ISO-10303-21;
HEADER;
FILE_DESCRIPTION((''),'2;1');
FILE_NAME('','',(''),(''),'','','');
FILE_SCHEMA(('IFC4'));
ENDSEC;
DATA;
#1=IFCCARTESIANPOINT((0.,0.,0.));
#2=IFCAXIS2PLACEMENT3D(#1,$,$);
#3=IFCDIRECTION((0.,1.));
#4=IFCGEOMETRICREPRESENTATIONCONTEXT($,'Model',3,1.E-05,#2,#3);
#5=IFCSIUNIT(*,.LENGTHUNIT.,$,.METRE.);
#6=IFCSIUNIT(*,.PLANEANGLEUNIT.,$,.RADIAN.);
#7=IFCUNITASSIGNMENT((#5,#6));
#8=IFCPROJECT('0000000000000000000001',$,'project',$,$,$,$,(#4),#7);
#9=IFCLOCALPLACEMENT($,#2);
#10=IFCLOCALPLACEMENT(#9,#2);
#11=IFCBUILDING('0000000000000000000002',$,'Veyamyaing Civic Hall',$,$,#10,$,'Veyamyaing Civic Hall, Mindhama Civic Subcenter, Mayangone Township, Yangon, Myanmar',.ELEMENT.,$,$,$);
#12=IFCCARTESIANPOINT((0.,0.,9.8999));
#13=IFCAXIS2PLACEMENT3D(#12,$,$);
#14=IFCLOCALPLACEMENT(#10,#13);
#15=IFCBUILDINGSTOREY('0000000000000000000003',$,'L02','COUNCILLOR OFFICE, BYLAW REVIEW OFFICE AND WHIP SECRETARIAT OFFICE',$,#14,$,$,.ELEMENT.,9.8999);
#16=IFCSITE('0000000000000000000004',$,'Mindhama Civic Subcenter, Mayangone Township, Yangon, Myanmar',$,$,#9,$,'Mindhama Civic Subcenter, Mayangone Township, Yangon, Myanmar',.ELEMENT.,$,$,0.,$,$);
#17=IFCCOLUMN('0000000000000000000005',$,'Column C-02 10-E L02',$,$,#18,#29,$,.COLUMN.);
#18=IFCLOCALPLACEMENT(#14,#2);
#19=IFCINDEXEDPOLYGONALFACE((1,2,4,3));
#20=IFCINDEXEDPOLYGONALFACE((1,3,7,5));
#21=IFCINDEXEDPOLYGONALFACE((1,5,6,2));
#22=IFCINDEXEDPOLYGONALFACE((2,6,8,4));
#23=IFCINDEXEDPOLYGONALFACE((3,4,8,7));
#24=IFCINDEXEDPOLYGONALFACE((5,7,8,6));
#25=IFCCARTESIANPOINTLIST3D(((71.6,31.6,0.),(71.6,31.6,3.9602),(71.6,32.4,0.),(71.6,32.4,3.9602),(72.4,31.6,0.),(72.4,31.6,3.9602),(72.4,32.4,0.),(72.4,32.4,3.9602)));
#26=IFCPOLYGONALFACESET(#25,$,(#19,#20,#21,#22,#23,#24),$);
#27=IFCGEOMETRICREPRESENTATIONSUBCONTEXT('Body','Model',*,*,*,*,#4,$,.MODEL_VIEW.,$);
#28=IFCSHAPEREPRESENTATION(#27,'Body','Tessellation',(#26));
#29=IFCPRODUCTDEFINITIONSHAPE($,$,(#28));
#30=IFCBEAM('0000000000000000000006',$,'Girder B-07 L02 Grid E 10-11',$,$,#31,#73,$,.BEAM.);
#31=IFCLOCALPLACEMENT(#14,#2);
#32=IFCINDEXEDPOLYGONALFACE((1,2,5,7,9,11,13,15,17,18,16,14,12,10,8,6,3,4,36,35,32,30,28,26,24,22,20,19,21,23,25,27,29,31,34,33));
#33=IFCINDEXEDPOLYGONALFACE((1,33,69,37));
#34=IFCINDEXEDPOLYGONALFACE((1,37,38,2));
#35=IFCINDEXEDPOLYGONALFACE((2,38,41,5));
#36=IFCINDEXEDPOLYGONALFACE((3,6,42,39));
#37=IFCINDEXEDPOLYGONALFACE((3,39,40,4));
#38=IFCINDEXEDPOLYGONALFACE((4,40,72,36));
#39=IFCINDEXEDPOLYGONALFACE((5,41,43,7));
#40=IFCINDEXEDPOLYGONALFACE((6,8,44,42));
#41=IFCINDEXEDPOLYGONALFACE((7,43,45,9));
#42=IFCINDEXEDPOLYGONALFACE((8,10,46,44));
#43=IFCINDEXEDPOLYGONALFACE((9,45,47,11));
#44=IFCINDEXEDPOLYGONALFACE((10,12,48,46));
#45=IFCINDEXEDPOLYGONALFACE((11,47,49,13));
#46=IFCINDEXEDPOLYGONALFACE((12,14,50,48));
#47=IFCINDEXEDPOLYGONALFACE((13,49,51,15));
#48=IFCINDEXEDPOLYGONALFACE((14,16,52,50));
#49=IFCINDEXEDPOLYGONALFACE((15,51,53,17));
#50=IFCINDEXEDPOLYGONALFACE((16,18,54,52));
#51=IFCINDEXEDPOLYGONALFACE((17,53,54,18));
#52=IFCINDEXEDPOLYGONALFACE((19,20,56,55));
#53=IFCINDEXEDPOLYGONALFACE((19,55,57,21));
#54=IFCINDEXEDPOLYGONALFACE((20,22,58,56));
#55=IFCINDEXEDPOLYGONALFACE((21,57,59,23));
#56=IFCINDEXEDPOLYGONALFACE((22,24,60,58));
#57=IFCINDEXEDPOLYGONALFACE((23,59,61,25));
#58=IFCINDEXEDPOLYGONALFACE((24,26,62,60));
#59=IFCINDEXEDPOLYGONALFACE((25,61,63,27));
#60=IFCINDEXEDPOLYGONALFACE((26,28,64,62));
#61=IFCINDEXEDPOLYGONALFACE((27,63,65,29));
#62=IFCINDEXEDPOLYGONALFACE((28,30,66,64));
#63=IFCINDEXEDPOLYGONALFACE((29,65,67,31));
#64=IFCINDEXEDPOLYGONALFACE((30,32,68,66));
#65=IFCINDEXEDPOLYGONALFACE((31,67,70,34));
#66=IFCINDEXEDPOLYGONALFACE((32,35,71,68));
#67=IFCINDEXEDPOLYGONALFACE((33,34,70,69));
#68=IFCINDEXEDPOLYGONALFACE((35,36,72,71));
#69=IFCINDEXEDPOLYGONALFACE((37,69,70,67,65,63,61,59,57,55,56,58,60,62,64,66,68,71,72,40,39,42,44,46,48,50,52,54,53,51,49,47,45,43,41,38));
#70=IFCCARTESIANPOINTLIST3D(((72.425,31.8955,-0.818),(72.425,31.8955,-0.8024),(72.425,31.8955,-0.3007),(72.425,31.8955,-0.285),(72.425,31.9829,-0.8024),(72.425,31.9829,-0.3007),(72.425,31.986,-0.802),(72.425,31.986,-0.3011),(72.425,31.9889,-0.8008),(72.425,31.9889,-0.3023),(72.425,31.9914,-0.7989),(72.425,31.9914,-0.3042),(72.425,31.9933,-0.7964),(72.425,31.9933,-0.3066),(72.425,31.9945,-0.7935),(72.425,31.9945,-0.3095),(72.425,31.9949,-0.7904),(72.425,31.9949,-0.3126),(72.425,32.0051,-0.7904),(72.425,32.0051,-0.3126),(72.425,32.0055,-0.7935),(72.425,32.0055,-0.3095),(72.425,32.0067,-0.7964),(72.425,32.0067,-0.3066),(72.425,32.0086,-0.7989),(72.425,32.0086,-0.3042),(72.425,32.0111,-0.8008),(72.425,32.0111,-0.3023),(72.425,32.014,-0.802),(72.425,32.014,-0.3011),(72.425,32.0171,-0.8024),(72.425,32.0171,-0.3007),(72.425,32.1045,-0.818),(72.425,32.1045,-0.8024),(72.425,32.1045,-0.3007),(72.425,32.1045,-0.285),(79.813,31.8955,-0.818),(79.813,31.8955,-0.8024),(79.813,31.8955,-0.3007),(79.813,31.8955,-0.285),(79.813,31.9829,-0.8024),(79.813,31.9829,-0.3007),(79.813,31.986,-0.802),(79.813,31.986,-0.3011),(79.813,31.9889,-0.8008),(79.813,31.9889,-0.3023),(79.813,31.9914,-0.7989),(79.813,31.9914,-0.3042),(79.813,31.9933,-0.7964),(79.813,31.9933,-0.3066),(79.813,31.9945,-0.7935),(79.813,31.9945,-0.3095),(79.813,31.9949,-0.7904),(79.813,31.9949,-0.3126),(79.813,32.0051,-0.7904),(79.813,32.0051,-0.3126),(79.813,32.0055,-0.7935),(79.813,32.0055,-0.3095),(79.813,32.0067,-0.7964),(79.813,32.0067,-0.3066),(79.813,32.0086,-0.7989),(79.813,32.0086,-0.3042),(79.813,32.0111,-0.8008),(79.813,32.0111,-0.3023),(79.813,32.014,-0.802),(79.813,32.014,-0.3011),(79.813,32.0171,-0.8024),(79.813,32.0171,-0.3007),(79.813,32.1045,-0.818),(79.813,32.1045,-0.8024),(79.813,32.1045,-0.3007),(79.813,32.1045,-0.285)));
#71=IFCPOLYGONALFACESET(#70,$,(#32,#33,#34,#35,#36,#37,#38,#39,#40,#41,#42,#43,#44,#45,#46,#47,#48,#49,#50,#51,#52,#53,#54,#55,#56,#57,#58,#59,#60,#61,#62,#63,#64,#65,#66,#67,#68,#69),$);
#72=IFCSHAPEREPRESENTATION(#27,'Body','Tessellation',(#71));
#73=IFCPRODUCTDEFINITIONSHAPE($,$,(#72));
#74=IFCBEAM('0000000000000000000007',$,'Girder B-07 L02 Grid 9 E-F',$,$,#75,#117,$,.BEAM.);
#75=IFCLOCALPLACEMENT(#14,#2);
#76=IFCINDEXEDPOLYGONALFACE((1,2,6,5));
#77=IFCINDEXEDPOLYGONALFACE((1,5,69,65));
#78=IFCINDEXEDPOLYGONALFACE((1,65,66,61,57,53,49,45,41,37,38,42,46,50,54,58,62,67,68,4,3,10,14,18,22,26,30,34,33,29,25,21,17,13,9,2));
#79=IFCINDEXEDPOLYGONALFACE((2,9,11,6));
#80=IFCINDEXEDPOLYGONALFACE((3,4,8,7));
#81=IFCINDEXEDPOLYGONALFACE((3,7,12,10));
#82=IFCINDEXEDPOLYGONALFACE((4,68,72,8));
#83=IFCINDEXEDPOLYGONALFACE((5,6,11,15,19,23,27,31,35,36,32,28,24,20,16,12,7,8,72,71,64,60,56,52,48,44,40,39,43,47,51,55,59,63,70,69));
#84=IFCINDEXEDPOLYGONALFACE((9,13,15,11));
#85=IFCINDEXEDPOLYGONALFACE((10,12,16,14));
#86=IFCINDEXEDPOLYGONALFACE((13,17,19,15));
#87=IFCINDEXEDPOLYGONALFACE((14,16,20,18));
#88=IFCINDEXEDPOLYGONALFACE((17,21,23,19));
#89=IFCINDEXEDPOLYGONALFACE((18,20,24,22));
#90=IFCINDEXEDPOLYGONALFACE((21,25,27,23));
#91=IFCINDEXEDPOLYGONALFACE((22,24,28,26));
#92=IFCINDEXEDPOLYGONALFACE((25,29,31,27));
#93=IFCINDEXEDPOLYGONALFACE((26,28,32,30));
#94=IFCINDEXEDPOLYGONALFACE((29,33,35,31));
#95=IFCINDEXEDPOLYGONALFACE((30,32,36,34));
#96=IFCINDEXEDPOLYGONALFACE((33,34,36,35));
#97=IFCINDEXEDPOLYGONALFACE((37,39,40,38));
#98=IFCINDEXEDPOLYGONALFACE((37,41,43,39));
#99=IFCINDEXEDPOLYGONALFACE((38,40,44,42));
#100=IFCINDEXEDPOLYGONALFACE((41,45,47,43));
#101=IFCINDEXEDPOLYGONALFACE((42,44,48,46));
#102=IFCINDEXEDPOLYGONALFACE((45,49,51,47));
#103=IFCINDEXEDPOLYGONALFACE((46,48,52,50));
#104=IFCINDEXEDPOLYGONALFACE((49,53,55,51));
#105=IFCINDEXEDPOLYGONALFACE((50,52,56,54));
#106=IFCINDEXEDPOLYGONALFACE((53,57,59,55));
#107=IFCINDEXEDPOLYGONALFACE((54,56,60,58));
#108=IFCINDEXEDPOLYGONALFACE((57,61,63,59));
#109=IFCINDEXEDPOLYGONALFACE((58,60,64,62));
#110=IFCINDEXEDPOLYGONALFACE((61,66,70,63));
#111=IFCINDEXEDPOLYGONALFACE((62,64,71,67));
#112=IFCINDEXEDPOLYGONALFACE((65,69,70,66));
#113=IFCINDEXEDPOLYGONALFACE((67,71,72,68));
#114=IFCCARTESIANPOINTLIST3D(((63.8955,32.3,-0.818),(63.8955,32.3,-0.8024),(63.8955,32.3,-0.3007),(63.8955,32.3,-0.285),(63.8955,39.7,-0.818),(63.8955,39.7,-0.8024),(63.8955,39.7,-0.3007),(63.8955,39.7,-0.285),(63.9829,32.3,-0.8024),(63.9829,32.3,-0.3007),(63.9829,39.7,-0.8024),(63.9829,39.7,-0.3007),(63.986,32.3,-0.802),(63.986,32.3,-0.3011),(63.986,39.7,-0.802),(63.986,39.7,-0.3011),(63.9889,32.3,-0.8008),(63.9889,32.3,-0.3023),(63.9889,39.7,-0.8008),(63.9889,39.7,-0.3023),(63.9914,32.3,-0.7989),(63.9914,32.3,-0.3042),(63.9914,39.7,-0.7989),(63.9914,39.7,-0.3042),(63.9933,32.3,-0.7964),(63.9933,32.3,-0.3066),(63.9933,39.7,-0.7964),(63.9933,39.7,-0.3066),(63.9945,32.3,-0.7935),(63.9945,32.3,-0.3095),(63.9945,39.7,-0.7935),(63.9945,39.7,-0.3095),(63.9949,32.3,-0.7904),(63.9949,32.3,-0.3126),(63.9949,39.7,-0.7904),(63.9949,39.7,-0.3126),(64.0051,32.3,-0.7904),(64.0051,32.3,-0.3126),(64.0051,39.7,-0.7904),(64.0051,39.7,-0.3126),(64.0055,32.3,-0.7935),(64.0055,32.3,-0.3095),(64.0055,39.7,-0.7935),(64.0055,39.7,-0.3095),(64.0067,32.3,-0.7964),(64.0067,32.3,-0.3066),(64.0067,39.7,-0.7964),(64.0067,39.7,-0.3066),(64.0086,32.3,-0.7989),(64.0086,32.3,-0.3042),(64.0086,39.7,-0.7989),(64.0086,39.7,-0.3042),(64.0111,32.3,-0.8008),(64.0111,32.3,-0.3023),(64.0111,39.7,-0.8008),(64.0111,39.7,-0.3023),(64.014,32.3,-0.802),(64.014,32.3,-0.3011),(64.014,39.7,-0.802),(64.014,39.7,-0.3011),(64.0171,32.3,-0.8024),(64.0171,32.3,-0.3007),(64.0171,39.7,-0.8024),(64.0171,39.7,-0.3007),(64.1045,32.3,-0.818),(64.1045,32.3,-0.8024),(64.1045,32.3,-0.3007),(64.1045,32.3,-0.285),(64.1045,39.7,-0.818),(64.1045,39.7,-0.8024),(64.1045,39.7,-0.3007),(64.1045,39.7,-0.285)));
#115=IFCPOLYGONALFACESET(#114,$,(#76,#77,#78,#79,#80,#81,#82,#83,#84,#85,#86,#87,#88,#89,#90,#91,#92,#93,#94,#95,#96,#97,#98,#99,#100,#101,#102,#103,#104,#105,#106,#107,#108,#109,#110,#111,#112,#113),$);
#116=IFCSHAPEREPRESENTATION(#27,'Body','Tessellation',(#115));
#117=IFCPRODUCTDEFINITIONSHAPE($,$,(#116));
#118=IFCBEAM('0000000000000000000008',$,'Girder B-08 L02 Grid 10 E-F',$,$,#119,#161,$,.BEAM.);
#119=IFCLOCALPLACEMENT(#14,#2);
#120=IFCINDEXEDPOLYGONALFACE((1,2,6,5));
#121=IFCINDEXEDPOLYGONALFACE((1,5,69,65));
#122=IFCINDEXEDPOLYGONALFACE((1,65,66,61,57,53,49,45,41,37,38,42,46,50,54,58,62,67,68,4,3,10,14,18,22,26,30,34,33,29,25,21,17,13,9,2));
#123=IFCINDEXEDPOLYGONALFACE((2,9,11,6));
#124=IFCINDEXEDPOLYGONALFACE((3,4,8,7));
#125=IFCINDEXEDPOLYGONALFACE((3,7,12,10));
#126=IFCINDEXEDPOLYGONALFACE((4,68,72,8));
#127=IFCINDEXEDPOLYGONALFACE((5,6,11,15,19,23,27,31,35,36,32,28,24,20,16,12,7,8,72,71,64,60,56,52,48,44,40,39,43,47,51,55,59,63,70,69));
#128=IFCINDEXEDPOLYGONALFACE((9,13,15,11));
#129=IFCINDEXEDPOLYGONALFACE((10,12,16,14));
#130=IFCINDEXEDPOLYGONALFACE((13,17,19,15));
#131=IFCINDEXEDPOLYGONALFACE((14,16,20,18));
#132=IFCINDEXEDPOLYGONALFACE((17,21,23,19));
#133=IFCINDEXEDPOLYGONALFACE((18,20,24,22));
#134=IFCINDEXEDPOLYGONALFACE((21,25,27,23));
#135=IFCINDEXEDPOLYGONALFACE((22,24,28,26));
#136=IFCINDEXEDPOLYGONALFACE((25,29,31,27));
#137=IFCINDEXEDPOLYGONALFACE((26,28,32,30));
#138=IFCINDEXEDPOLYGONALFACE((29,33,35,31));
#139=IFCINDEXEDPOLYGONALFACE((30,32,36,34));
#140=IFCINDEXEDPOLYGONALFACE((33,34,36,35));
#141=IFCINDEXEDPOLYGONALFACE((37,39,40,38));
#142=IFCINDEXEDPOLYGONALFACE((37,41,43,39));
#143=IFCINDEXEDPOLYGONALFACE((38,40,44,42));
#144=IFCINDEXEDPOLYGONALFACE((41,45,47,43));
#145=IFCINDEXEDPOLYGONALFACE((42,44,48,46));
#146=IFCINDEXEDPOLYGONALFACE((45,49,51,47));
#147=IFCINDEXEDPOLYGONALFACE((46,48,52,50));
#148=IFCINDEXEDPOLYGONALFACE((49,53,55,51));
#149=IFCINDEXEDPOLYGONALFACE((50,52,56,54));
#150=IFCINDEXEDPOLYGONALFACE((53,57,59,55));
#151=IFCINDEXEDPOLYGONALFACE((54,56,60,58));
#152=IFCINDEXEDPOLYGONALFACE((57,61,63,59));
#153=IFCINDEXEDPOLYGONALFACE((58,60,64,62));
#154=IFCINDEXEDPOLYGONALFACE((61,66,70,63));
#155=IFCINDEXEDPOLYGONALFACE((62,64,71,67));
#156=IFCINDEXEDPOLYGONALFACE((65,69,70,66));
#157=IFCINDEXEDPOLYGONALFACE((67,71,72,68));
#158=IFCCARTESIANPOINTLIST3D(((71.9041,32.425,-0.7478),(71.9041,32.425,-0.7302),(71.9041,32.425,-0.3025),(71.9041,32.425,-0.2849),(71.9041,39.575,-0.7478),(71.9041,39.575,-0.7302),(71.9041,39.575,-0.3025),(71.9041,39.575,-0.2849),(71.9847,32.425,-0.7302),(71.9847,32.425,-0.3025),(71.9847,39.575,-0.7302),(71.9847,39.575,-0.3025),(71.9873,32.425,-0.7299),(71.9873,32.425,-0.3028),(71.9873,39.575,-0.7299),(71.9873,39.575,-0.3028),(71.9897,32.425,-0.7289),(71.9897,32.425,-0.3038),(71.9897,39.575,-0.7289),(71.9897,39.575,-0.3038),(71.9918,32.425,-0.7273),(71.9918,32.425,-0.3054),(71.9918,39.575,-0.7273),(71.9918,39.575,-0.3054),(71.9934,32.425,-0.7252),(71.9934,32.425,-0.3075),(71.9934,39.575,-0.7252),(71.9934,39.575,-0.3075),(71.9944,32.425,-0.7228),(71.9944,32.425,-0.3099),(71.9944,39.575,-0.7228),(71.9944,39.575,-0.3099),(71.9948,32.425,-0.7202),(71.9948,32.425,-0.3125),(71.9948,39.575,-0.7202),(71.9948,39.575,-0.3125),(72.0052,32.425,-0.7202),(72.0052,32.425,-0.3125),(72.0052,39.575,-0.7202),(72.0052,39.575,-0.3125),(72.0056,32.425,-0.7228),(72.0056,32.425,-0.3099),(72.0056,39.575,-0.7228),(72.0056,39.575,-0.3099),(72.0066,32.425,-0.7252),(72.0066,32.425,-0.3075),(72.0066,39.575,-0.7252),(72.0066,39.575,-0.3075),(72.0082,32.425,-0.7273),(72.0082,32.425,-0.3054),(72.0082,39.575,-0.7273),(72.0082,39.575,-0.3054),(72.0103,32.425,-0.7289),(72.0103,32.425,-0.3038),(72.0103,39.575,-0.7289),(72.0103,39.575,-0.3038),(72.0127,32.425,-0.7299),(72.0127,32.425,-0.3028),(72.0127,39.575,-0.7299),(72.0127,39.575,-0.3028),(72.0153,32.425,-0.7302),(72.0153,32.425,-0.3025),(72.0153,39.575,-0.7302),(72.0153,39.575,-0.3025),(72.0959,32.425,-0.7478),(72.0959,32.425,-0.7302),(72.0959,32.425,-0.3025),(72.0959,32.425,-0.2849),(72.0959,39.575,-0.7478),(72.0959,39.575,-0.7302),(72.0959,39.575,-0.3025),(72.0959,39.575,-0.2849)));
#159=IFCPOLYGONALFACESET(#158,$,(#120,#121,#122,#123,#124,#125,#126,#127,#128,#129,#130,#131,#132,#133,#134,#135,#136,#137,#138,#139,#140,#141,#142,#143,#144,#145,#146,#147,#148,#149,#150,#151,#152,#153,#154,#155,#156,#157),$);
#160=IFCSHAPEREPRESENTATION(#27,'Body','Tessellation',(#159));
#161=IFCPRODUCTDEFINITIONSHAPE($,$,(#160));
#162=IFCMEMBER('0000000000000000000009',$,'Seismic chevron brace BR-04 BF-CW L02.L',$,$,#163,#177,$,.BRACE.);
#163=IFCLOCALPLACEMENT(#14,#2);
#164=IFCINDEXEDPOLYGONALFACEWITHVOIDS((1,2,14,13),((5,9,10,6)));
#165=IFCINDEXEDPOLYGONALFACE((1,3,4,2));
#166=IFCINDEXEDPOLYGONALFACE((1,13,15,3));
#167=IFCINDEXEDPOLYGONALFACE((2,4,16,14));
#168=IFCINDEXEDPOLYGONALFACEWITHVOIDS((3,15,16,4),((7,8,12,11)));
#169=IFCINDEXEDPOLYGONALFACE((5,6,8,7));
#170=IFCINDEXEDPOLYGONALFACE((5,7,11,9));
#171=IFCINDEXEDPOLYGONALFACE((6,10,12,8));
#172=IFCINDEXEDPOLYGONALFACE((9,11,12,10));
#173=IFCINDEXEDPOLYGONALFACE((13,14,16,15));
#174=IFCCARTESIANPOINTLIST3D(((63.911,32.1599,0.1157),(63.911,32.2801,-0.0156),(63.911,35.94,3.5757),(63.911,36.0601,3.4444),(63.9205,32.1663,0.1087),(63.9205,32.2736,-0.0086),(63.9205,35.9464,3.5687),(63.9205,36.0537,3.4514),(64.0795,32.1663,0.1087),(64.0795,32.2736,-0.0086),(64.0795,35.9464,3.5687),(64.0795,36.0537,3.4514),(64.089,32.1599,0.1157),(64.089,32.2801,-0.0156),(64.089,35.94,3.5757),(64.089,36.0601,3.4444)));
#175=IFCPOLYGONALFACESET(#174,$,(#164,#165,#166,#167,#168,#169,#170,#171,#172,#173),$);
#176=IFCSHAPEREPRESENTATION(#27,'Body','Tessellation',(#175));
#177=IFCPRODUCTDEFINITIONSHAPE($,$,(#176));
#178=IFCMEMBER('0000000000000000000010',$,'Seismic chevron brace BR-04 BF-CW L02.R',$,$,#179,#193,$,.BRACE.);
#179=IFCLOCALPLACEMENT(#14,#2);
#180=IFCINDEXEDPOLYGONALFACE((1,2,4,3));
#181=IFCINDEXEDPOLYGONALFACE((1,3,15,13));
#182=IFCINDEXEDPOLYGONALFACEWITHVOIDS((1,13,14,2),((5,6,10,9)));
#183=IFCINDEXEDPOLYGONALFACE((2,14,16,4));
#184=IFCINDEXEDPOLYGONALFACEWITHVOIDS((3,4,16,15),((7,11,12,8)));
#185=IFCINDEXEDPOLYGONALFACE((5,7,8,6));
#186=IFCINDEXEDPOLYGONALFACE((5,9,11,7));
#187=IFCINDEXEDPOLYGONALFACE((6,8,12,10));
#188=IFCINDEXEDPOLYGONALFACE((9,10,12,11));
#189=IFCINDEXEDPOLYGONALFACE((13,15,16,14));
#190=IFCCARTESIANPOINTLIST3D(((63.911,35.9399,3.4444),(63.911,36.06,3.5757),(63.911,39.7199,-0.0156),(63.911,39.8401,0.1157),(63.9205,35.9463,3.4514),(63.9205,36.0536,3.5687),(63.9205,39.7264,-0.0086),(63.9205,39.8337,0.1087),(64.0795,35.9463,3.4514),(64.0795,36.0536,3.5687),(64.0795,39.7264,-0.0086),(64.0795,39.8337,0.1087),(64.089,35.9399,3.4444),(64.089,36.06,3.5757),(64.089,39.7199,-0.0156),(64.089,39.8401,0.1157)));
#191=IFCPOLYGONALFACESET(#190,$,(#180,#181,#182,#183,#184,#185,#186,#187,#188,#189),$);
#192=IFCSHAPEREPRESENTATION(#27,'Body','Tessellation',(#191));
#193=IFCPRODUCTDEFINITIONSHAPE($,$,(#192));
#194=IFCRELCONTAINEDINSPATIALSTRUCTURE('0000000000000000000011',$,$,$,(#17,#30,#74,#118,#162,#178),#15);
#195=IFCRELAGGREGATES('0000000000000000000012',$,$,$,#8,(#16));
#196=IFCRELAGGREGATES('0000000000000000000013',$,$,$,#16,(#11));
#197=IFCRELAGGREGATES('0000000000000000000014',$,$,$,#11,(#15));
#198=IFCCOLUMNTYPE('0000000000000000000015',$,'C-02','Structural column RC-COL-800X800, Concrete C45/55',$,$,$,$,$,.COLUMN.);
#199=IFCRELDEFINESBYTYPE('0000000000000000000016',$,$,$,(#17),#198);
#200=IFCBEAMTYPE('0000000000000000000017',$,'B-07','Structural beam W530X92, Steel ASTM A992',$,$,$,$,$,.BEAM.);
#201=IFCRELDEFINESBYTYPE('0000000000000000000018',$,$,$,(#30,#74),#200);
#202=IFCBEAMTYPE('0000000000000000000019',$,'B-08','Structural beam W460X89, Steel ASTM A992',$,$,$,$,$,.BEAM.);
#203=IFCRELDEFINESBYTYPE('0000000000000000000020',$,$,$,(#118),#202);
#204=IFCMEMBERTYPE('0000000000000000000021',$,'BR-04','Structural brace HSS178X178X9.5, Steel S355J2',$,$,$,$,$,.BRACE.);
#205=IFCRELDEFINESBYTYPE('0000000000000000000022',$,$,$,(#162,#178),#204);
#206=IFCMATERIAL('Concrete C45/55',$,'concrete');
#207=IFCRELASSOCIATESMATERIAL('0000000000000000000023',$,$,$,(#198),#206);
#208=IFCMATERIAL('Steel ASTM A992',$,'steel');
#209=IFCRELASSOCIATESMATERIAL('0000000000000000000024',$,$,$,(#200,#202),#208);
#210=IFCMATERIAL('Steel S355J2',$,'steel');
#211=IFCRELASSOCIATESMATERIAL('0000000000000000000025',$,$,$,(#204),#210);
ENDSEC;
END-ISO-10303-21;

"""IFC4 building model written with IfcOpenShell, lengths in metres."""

from ifc_helpers import new_model, si_unit, direction, frame, origin, origin_2d, place, context, subcontext, project, spatial, rectangle, hollow_rectangle, i_section, extrude, material, material_profile, profile_set, type_object, element, save


model = new_model("IFC4")

# Units and contexts
model_context = context("Model", 3, precision=1e-05, world=origin(), true_north=direction((0.0, 1.0)))
body_context = subcontext(model_context, "Body", "Model", "MODEL_VIEW")
ifc_project = project(units=[si_unit("LENGTHUNIT", "METRE"), si_unit("PLANEANGLEUNIT", "RADIAN")], contexts=[model_context])

# Site, building, storey
site_placement = place(None, origin())
site = spatial("IfcSite", under=ifc_project, at=site_placement, Name="Mindhama Civic Subcenter, Mayangone Township, Yangon, Myanmar", LongName="Mindhama Civic Subcenter, Mayangone Township, Yangon, Myanmar", CompositionType="ELEMENT", RefElevation=0.0)
building_placement = place(site_placement, origin())
building = spatial("IfcBuilding", under=site, at=building_placement, Name="Veyamyaing Civic Hall", LongName="Veyamyaing Civic Hall, Mindhama Civic Subcenter, Mayangone Township, Yangon, Myanmar", CompositionType="ELEMENT")
storey_placement = place(building_placement, frame((0.0, 0.0, 9.8999)))
storey = spatial("IfcBuildingStorey", under=building, at=storey_placement, Name="L02", Description="COUNCILLOR OFFICE, BYLAW REVIEW OFFICE AND WHIP SECRETARIAT OFFICE", CompositionType="ELEMENT", Elevation=9.8999)

# Column
ifc_material_1 = material(Name="Concrete C45/55", Category="concrete")
ifc_material_profile_1 = material_profile(ifc_material_1, rectangle(XDim=0.8, YDim=0.8, at=origin_2d()), Name="RC-COL-800X800")
ifc_profile_set_1 = profile_set([ifc_material_profile_1], Name="Concrete C45/55")
column_type = type_object("IfcColumnType", Name="C-02", Description="Structural column RC-COL-800X800, Concrete C45/55", PredefinedType="COLUMN", material=ifc_profile_set_1)
column_placement = place(storey_placement, frame((72.0, 32.0, 0.0), z_axis=(0.0, 0.0, 1.0), x_axis=(1.0, 0.0, 0.0)))
element("IfcColumn", 1, at=column_placement, inside=storey, type_object=column_type, Name="Column C-02 10-E L02", PredefinedType="COLUMN", context=body_context, shape_type="SweptSolid", body=[
    extrude(rectangle(XDim=0.8, YDim=0.8, at=origin_2d()), origin(), (0.0, 0.0, 1.0), 3.9602),
])

# Beams
ifc_material_2 = material(Name="Steel ASTM A992", Category="steel")
ifc_material_profile_2 = material_profile(ifc_material_2, i_section(OverallWidth=0.209, OverallDepth=0.533, WebThickness=0.0103, FlangeThickness=0.0156, FilletRadius=0.012, at=origin_2d()), Name="W530X92")
ifc_profile_set_2 = profile_set([ifc_material_profile_2], Name="Steel ASTM A992")
beam_type_1 = type_object("IfcBeamType", Name="B-07", Description="Structural beam W530X92, Steel ASTM A992", PredefinedType="BEAM", material=ifc_profile_set_2)
beam_1_placement = place(storey_placement, frame((72.425, 32.0, -0.5515), z_axis=(1.0, 0.0, 0.0), x_axis=(0.0, 1.0, 0.0)))
element("IfcBeam", 2, at=beam_1_placement, inside=storey, type_object=beam_type_1, Name="Girder B-07 L02 Grid E 10-11", PredefinedType="BEAM", context=body_context, shape_type="SweptSolid", body=[
    extrude(i_section(OverallWidth=0.209, OverallDepth=0.533, WebThickness=0.0103, FlangeThickness=0.0156, FilletRadius=0.012, at=origin_2d()), origin(), (0.0, 0.0, 1.0), 7.3879),
])
beam_2_placement = place(storey_placement, frame((64.0, 32.3, -0.5515), z_axis=(0.0, 1.0, 0.0), x_axis=(-1.0, 0.0, 0.0)))
element("IfcBeam", 3, at=beam_2_placement, inside=storey, type_object=beam_type_1, Name="Girder B-07 L02 Grid 9 E-F", PredefinedType="BEAM", context=body_context, shape_type="SweptSolid", body=[
    extrude(i_section(OverallWidth=0.209, OverallDepth=0.533, WebThickness=0.0103, FlangeThickness=0.0156, FilletRadius=0.012, at=origin_2d()), origin(), (0.0, 0.0, 1.0), 7.3999),
])
ifc_material_profile_3 = material_profile(ifc_material_2, i_section(OverallWidth=0.1919, OverallDepth=0.4629, WebThickness=0.0105, FlangeThickness=0.0176, FilletRadius=0.01, at=origin_2d()), Name="W460X89")
ifc_profile_set_3 = profile_set([ifc_material_profile_3], Name="Steel ASTM A992")
beam_type_2 = type_object("IfcBeamType", Name="B-08", Description="Structural beam W460X89, Steel ASTM A992", PredefinedType="BEAM", material=ifc_profile_set_3)
beam_3_placement = place(storey_placement, frame((72.0, 32.425, -0.5164), z_axis=(0.0, 1.0, 0.0), x_axis=(-1.0, 0.0, 0.0)))
element("IfcBeam", 4, at=beam_3_placement, inside=storey, type_object=beam_type_2, Name="Girder B-08 L02 Grid 10 E-F", PredefinedType="BEAM", context=body_context, shape_type="SweptSolid", body=[
    extrude(i_section(OverallWidth=0.1919, OverallDepth=0.4629, WebThickness=0.0105, FlangeThickness=0.0176, FilletRadius=0.01, at=origin_2d()), origin(), (0.0, 0.0, 1.0), 7.1499),
])

# Members
ifc_material_3 = material(Name="Steel S355J2", Category="steel")
ifc_material_profile_4 = material_profile(ifc_material_3, hollow_rectangle(XDim=0.178, YDim=0.178, WallThickness=0.0095, at=origin_2d()), Name="HSS178X178X9.5")
ifc_profile_set_4 = profile_set([ifc_material_profile_4], Name="Steel S355J2")
member_type = type_object("IfcMemberType", Name="BR-04", Description="Structural brace HSS178X178X9.5, Steel S355J2", PredefinedType="BRACE", material=ifc_profile_set_4)
for number, where, z_axis, x_axis, name in (
    (5, (64.0, 32.22, 0.05), (0.0, 0.737646, 0.675187), (-1.0, 0.0, 0.0), "Seismic chevron brace BR-04 BF-CW L02.L"),
    (6, (64.0, 39.78, 0.05), (0.0, -0.737646, 0.675187), (1.0, 0.0, 0.0), "Seismic chevron brace BR-04 BF-CW L02.R"),
):
    element("IfcMember", number, at=place(storey_placement, frame(where, z_axis=z_axis, x_axis=x_axis)), inside=storey, type_object=member_type, Name=name, PredefinedType="BRACE", context=body_context, shape_type="SweptSolid", body=[
        extrude(hollow_rectangle(XDim=0.178, YDim=0.178, WallThickness=0.0095, at=origin_2d()), origin(), (0.0, 0.0, 1.0), 5.1245),
    ])

save(model, "model.ifc")
